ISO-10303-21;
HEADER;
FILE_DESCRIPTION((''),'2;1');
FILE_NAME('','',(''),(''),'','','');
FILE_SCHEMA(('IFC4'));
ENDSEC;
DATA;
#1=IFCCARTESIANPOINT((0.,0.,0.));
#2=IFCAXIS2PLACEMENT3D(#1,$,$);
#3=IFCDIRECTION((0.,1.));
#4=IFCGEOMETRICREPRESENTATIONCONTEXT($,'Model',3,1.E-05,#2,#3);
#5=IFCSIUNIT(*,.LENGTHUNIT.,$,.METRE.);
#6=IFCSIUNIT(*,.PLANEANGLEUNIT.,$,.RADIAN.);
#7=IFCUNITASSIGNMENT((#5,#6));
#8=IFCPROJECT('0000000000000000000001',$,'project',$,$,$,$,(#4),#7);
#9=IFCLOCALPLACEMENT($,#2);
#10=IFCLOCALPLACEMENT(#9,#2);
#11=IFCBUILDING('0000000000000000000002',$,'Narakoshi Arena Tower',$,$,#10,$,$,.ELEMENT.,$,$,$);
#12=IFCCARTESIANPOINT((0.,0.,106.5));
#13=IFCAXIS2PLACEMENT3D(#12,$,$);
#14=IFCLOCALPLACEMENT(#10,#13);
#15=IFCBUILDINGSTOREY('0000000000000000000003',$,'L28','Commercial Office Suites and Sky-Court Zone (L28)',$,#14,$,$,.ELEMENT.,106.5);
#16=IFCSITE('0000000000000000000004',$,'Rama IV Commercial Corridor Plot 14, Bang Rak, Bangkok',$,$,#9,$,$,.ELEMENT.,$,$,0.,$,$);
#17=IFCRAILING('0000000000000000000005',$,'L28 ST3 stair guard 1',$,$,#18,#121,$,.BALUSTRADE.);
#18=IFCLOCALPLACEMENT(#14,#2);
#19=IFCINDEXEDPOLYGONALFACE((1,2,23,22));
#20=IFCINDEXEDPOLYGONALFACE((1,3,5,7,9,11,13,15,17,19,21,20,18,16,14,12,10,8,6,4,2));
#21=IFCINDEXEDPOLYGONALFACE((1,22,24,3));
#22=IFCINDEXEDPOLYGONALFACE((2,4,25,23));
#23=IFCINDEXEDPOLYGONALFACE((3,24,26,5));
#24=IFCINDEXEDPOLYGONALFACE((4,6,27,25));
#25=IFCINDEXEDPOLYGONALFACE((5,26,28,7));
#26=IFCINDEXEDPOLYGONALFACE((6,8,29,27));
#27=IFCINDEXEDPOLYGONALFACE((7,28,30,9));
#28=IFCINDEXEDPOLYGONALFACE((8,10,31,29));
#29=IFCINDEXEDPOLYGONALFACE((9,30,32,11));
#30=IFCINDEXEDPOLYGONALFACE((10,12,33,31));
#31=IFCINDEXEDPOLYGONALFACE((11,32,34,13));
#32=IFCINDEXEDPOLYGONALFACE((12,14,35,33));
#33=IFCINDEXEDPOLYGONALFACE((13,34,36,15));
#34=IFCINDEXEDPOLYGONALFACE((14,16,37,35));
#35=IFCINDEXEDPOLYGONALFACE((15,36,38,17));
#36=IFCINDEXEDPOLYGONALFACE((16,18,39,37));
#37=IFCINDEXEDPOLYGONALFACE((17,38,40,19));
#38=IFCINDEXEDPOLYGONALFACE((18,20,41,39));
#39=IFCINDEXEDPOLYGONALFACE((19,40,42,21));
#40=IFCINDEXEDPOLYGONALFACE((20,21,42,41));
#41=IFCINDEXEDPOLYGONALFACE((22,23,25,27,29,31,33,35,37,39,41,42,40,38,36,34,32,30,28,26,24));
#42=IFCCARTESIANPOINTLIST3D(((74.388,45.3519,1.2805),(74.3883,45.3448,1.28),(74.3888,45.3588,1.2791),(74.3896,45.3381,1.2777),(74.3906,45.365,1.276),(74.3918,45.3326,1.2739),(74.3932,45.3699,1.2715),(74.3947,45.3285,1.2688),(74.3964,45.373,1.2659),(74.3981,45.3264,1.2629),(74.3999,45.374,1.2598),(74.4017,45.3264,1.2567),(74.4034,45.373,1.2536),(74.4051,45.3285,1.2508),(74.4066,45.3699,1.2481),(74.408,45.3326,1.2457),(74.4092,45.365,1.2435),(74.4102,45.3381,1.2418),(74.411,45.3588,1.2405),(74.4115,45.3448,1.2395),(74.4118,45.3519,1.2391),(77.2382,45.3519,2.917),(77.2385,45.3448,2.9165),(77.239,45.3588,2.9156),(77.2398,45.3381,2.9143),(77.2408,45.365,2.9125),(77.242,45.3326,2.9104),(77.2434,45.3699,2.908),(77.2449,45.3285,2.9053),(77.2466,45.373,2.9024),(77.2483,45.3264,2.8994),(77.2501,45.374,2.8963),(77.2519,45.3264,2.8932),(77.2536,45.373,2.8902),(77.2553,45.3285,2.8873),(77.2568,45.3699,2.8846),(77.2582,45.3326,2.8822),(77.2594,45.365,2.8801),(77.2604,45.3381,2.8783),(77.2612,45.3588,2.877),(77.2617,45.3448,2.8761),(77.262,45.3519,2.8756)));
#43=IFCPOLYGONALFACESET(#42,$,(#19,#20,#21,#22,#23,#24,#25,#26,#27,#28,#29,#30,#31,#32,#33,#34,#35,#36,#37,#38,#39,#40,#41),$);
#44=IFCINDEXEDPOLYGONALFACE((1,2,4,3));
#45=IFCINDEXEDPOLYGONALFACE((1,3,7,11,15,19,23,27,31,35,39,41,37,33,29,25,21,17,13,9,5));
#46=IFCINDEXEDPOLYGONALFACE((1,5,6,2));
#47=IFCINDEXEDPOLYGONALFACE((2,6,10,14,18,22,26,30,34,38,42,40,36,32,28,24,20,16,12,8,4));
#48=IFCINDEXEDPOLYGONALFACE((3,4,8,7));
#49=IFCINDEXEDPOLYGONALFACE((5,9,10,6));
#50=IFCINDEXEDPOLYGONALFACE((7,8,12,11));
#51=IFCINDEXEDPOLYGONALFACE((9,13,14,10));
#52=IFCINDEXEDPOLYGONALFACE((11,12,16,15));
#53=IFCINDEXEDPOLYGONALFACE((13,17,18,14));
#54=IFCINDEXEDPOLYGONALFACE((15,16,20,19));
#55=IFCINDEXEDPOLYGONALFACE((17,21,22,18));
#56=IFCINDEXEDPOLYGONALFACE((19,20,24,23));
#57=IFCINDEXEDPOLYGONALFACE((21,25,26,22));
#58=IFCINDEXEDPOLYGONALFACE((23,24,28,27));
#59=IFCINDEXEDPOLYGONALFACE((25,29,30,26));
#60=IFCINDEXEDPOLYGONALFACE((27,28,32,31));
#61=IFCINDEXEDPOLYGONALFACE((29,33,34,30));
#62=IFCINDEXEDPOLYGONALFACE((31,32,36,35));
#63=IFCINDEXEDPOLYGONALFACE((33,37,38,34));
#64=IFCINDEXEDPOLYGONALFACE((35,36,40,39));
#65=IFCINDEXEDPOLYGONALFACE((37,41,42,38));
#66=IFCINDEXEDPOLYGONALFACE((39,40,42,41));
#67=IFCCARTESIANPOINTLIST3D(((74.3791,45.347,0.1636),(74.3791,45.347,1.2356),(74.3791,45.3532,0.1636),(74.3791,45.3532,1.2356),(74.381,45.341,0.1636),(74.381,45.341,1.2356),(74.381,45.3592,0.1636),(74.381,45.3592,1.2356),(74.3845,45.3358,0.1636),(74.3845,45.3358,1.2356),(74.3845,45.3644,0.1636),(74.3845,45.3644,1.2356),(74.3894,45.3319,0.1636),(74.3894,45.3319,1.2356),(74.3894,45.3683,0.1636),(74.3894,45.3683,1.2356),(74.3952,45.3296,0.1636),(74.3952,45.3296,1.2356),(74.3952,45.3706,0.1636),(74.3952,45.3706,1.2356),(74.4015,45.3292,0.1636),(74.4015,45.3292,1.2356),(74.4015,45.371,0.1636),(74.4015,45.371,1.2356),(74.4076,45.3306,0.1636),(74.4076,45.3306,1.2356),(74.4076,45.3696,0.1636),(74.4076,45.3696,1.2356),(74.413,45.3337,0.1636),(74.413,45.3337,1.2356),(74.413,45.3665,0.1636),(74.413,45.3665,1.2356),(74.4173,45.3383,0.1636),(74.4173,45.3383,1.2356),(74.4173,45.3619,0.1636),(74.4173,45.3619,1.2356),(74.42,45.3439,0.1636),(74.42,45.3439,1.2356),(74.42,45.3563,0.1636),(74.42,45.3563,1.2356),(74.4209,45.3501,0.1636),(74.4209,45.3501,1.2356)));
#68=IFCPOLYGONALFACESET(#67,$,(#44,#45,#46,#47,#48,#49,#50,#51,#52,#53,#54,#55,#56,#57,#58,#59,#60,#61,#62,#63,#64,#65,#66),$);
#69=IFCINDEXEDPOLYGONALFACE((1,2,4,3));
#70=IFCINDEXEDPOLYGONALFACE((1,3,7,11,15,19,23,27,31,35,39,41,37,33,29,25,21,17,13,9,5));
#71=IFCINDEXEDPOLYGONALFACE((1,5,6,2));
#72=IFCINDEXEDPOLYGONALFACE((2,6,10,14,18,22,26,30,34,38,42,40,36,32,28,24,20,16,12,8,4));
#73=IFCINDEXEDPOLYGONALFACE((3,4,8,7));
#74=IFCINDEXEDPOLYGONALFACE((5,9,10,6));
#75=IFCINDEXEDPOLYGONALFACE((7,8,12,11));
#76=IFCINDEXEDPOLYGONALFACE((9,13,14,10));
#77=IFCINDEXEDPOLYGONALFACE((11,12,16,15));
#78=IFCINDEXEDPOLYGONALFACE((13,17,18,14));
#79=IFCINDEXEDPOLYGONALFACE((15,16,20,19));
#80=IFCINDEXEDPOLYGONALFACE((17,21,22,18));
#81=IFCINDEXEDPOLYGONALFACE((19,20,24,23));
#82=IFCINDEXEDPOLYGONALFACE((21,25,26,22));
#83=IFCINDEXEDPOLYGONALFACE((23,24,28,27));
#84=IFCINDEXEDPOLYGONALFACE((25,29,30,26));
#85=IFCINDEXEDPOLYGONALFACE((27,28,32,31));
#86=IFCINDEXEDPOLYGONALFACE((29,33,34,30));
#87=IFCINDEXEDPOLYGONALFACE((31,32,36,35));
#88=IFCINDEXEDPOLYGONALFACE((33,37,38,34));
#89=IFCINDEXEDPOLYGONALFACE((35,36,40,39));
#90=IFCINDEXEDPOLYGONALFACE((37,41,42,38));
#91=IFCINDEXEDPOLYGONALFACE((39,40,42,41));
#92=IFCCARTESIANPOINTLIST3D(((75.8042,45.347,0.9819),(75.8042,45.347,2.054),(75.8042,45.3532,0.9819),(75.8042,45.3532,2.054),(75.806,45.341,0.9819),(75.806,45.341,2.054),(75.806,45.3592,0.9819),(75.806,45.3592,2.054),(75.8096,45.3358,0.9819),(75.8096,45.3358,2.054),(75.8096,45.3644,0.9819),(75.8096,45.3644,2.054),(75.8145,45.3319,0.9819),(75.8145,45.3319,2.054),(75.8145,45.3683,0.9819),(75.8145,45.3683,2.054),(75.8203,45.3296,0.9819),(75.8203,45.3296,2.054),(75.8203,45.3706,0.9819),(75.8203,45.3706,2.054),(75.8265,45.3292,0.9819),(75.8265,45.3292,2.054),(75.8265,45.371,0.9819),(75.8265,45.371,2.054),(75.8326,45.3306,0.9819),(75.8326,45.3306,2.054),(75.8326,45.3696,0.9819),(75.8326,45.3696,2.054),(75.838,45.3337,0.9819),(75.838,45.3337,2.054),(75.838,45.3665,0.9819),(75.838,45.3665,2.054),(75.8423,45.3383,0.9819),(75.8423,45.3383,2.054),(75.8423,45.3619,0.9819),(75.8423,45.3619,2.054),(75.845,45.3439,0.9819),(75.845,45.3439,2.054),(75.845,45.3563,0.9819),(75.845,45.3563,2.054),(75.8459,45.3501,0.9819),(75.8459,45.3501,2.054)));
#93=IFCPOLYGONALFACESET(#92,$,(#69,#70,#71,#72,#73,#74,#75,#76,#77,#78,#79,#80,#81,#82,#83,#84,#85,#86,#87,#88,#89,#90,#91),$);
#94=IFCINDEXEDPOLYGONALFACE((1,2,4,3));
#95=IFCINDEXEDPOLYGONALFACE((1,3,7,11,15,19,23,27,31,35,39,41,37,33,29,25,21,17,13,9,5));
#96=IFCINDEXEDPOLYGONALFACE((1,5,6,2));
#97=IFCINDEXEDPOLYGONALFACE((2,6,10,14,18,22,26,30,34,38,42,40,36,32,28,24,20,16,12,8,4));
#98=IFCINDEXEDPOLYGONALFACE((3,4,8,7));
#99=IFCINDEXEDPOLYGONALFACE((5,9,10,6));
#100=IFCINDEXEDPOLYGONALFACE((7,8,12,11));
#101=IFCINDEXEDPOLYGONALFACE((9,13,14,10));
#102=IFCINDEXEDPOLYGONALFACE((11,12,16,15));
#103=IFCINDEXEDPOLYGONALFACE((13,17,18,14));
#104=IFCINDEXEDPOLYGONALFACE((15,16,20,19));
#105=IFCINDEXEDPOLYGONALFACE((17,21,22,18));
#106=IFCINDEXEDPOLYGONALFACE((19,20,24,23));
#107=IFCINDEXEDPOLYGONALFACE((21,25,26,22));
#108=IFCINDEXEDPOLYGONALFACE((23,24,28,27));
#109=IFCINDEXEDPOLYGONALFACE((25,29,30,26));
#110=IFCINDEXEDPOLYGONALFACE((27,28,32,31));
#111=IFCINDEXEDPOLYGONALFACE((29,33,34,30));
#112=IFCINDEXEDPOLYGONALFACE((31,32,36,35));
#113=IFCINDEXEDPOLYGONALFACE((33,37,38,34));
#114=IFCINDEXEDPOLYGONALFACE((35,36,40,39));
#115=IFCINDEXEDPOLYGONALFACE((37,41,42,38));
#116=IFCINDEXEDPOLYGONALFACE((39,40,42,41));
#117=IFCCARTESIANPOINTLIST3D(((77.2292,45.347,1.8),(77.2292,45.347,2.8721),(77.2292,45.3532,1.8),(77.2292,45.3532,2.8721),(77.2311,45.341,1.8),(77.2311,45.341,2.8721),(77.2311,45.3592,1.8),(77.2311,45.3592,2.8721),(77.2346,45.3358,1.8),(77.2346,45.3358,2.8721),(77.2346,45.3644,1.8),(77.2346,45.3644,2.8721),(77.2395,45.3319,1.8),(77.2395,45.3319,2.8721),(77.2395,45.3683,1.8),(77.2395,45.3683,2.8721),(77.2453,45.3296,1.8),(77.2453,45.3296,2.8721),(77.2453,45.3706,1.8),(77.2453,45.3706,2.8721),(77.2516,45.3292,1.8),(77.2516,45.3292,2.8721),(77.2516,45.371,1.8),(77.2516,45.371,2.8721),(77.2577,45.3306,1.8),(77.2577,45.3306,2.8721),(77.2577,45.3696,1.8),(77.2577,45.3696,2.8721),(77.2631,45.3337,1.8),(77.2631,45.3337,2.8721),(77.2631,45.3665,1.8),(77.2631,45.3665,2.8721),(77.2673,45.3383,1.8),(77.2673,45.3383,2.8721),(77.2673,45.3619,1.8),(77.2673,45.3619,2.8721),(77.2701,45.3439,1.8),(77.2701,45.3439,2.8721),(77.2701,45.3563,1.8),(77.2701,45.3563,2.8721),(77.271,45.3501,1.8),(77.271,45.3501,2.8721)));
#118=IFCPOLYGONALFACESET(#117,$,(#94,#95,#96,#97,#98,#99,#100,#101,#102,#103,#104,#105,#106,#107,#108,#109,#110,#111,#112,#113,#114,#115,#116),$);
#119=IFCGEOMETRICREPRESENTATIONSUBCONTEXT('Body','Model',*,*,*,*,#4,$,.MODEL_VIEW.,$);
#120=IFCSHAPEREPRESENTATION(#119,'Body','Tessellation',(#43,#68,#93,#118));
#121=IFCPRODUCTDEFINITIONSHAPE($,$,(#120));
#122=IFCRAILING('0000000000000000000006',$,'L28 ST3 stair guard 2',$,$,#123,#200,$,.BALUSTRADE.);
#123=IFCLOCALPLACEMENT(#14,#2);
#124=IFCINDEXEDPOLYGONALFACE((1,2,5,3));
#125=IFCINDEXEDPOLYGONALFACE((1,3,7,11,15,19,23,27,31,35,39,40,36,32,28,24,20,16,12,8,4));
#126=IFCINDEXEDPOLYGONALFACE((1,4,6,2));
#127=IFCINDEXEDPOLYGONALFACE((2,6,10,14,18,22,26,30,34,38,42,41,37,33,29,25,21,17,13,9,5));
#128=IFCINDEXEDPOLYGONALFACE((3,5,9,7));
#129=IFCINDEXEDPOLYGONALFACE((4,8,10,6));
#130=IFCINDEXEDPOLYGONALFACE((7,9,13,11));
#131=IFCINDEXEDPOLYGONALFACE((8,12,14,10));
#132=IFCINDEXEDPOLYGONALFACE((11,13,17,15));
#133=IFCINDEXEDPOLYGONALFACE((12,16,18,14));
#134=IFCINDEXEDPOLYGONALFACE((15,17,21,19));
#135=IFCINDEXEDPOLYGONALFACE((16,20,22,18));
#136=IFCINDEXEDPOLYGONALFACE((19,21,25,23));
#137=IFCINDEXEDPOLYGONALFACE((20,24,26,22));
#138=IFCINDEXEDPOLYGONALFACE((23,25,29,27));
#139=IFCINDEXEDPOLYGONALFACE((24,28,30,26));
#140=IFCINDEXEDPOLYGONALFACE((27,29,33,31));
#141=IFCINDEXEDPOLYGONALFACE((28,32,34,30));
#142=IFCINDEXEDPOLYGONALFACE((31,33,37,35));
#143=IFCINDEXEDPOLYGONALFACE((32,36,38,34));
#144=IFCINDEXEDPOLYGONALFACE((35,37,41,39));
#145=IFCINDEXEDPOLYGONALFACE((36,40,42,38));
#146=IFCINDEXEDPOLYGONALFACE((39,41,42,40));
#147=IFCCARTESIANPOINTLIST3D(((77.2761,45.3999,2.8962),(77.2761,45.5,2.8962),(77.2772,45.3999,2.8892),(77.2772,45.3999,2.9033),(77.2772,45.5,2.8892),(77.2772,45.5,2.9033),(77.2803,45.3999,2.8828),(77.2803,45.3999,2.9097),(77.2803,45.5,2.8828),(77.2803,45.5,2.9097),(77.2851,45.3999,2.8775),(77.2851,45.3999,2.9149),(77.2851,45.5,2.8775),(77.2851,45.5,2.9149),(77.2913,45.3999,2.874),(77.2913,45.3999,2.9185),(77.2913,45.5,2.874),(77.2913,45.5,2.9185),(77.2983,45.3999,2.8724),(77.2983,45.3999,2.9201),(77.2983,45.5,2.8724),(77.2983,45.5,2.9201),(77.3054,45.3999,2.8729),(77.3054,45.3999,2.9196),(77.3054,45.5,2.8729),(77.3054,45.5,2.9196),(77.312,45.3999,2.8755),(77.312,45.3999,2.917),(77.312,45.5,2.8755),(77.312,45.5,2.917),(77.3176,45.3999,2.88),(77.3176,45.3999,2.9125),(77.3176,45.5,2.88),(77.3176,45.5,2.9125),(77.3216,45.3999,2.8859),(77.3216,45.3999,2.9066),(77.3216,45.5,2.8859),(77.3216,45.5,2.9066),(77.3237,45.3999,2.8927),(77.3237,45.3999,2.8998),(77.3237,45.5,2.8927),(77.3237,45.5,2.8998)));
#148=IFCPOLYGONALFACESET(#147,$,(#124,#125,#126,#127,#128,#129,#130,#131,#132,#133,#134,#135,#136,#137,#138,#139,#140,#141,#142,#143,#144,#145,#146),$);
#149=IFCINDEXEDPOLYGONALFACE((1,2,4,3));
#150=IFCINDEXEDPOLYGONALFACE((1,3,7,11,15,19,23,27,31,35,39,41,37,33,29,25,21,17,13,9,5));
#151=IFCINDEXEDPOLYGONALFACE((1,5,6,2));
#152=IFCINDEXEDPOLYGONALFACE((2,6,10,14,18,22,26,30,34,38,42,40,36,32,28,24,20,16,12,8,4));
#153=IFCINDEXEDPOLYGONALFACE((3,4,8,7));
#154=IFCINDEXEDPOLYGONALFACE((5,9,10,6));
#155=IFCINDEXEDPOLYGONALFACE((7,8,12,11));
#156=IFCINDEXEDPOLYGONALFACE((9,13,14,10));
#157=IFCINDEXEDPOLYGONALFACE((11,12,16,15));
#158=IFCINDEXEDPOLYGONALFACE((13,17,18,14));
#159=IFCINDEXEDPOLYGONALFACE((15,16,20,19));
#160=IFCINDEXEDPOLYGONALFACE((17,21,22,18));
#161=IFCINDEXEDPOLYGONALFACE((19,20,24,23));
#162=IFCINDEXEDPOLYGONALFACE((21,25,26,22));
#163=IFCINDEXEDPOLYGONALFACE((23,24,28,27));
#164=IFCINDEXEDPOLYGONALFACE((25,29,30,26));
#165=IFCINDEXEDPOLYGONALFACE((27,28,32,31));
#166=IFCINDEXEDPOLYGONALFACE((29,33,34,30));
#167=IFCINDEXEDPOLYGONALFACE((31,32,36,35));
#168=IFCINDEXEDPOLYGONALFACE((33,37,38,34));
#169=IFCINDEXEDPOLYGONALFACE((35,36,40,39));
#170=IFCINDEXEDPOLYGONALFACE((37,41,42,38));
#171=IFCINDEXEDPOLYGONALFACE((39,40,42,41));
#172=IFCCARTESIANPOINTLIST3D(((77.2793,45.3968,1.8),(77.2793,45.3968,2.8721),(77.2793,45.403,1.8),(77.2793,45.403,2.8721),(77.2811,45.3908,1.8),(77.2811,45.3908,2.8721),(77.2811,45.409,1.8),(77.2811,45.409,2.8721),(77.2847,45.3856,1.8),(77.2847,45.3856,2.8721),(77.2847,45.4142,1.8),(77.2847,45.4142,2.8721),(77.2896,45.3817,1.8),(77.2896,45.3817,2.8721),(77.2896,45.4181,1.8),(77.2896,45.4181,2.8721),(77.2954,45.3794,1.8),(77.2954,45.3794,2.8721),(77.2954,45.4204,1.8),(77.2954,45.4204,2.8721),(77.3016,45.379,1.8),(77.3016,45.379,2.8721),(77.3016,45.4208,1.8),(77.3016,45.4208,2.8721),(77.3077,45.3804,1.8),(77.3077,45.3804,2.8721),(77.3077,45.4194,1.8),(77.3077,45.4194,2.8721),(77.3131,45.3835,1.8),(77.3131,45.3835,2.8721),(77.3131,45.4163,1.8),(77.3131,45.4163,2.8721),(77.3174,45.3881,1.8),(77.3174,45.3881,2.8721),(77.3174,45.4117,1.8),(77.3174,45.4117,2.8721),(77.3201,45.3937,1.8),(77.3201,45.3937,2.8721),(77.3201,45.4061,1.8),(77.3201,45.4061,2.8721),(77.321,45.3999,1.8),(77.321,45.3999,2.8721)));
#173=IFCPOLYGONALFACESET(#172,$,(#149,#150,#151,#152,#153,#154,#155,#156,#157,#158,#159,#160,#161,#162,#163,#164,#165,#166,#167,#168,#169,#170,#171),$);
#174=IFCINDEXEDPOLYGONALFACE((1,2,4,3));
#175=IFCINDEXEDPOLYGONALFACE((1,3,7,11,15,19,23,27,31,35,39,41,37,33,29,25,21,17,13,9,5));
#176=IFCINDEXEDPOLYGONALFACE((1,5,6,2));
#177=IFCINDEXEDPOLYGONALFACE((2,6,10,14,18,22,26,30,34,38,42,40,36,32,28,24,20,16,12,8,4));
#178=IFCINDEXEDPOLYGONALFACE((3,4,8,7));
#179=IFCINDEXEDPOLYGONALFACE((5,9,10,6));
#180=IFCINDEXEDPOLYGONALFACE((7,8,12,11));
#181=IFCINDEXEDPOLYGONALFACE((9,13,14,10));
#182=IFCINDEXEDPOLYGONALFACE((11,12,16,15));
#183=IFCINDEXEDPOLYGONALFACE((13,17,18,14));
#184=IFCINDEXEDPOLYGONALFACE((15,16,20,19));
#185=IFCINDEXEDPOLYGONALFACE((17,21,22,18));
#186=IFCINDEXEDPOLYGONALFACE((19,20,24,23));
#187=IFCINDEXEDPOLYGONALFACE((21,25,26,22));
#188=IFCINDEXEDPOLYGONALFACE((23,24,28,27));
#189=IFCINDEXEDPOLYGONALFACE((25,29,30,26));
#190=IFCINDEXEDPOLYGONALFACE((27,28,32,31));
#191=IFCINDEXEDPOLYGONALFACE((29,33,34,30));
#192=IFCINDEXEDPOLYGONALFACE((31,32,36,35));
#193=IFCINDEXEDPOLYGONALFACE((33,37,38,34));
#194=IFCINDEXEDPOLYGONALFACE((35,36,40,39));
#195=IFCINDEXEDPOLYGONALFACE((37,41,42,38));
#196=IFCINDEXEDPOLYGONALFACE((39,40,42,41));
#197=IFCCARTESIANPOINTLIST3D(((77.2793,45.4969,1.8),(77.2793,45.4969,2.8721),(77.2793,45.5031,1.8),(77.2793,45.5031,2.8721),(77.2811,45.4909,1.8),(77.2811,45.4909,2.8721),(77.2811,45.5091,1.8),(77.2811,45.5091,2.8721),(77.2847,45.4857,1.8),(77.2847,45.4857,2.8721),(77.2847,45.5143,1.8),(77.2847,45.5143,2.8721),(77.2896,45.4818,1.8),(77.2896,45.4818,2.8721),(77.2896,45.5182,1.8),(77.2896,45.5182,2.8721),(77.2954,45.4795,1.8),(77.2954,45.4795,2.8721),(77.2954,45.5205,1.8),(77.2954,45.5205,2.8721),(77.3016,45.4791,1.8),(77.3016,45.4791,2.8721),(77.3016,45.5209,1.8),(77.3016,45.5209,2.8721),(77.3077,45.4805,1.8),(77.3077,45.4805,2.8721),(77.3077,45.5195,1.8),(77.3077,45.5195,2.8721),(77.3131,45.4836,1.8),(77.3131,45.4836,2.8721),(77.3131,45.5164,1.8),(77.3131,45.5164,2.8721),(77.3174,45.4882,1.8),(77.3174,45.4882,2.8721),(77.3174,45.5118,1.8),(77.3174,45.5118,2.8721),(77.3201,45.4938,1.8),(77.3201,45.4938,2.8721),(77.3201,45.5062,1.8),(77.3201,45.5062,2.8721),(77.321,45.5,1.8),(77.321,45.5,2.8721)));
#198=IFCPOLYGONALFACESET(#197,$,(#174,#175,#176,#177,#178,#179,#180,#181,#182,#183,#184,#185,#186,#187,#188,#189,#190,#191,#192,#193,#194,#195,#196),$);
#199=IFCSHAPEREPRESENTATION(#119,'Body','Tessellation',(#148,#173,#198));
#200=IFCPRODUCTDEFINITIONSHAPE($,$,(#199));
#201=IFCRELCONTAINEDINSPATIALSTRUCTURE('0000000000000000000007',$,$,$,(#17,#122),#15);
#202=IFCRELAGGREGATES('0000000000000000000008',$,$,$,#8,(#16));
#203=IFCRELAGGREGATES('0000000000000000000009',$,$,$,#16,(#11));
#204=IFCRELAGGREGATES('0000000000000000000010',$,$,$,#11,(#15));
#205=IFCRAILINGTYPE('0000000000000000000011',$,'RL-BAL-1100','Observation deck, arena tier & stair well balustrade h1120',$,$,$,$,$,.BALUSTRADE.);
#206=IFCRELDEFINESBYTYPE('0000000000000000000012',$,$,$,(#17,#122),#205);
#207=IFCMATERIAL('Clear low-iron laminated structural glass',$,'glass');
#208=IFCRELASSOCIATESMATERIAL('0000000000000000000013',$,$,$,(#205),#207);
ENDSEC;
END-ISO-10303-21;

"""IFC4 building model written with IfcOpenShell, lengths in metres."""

from ifc_helpers import new_model, si_unit, direction, frame, origin, origin_2d, place, context, subcontext, project, spatial, circle, extrude, material, type_object, element, save


model = new_model("IFC4")

# Units and contexts
model_context = context("Model", 3, precision=1e-05, world=origin(), true_north=direction((0.0, 1.0)))
body_context = subcontext(model_context, "Body", "Model", "MODEL_VIEW")
ifc_project = project(units=[si_unit("LENGTHUNIT", "METRE"), si_unit("PLANEANGLEUNIT", "RADIAN")], contexts=[model_context])

# Site, building, storey
site_placement = place(None, origin())
site = spatial("IfcSite", under=ifc_project, at=site_placement, Name="Rama IV Commercial Corridor Plot 14, Bang Rak, Bangkok", CompositionType="ELEMENT", RefElevation=0.0)
building_placement = place(site_placement, origin())
building = spatial("IfcBuilding", under=site, at=building_placement, Name="Narakoshi Arena Tower", CompositionType="ELEMENT")
storey_placement = place(building_placement, frame((0.0, 0.0, 106.5)))
storey = spatial("IfcBuildingStorey", under=building, at=storey_placement, Name="L28", Description="Commercial Office Suites and Sky-Court Zone (L28)", CompositionType="ELEMENT", Elevation=106.5)

# Railings
ifc_material_1 = material(Name="Clear low-iron laminated structural glass", Category="glass")
railing_type_1 = type_object("IfcRailingType", Name="RL-BAL-1100", Description="Observation deck, arena tier & stair well balustrade h1120", PredefinedType="BALUSTRADE", material=ifc_material_1)
railing_1_placement = place(storey_placement, frame((74.3999, 45.3501, 0.1636)))
element("IfcRailing", 1, at=railing_1_placement, inside=storey, type_object=railing_type_1, Name="L28 ST3 stair guard 1", PredefinedType="BALUSTRADE", context=body_context, shape_type="SweptSolid", body=[
    extrude(circle(Radius=0.0239, at=origin_2d()), frame((0.0, 0.0, 1.0962), z_axis=(0.867213, 0.0, 0.497938), x_axis=(0.0, 1.0, 0.0)), (0.0, 0.0, 1.0), 3.2866),
    extrude(circle(Radius=0.021, at=origin_2d()), origin(), (0.0, 0.0, 1.0), 1.072),
    extrude(circle(Radius=0.021, at=origin_2d()), frame((1.425, 0.0, 0.8184)), (0.0, 0.0, 1.0), 1.072),
    extrude(circle(Radius=0.021, at=origin_2d()), frame((2.8501, 0.0, 1.6365)), (0.0, 0.0, 1.0), 1.072),
])
railing_2_placement = place(storey_placement, frame((77.3, 45.3999, 1.8)))
element("IfcRailing", 2, at=railing_2_placement, inside=storey, type_object=railing_type_1, Name="L28 ST3 stair guard 2", PredefinedType="BALUSTRADE", context=body_context, shape_type="SweptSolid", body=[
    extrude(circle(Radius=0.0239, at=origin_2d()), frame((0.0, 0.0, 1.0962), z_axis=(0.0, 1.0, 0.0), x_axis=(-1.0, 0.0, 0.0)), (0.0, 0.0, 1.0), 0.1001),
    extrude(circle(Radius=0.021, at=origin_2d()), origin(), (0.0, 0.0, 1.0), 1.072),
    extrude(circle(Radius=0.021, at=origin_2d()), frame((0.0, 0.1001, 0.0)), (0.0, 0.0, 1.0), 1.072),
])

save(model, "model.ifc")
